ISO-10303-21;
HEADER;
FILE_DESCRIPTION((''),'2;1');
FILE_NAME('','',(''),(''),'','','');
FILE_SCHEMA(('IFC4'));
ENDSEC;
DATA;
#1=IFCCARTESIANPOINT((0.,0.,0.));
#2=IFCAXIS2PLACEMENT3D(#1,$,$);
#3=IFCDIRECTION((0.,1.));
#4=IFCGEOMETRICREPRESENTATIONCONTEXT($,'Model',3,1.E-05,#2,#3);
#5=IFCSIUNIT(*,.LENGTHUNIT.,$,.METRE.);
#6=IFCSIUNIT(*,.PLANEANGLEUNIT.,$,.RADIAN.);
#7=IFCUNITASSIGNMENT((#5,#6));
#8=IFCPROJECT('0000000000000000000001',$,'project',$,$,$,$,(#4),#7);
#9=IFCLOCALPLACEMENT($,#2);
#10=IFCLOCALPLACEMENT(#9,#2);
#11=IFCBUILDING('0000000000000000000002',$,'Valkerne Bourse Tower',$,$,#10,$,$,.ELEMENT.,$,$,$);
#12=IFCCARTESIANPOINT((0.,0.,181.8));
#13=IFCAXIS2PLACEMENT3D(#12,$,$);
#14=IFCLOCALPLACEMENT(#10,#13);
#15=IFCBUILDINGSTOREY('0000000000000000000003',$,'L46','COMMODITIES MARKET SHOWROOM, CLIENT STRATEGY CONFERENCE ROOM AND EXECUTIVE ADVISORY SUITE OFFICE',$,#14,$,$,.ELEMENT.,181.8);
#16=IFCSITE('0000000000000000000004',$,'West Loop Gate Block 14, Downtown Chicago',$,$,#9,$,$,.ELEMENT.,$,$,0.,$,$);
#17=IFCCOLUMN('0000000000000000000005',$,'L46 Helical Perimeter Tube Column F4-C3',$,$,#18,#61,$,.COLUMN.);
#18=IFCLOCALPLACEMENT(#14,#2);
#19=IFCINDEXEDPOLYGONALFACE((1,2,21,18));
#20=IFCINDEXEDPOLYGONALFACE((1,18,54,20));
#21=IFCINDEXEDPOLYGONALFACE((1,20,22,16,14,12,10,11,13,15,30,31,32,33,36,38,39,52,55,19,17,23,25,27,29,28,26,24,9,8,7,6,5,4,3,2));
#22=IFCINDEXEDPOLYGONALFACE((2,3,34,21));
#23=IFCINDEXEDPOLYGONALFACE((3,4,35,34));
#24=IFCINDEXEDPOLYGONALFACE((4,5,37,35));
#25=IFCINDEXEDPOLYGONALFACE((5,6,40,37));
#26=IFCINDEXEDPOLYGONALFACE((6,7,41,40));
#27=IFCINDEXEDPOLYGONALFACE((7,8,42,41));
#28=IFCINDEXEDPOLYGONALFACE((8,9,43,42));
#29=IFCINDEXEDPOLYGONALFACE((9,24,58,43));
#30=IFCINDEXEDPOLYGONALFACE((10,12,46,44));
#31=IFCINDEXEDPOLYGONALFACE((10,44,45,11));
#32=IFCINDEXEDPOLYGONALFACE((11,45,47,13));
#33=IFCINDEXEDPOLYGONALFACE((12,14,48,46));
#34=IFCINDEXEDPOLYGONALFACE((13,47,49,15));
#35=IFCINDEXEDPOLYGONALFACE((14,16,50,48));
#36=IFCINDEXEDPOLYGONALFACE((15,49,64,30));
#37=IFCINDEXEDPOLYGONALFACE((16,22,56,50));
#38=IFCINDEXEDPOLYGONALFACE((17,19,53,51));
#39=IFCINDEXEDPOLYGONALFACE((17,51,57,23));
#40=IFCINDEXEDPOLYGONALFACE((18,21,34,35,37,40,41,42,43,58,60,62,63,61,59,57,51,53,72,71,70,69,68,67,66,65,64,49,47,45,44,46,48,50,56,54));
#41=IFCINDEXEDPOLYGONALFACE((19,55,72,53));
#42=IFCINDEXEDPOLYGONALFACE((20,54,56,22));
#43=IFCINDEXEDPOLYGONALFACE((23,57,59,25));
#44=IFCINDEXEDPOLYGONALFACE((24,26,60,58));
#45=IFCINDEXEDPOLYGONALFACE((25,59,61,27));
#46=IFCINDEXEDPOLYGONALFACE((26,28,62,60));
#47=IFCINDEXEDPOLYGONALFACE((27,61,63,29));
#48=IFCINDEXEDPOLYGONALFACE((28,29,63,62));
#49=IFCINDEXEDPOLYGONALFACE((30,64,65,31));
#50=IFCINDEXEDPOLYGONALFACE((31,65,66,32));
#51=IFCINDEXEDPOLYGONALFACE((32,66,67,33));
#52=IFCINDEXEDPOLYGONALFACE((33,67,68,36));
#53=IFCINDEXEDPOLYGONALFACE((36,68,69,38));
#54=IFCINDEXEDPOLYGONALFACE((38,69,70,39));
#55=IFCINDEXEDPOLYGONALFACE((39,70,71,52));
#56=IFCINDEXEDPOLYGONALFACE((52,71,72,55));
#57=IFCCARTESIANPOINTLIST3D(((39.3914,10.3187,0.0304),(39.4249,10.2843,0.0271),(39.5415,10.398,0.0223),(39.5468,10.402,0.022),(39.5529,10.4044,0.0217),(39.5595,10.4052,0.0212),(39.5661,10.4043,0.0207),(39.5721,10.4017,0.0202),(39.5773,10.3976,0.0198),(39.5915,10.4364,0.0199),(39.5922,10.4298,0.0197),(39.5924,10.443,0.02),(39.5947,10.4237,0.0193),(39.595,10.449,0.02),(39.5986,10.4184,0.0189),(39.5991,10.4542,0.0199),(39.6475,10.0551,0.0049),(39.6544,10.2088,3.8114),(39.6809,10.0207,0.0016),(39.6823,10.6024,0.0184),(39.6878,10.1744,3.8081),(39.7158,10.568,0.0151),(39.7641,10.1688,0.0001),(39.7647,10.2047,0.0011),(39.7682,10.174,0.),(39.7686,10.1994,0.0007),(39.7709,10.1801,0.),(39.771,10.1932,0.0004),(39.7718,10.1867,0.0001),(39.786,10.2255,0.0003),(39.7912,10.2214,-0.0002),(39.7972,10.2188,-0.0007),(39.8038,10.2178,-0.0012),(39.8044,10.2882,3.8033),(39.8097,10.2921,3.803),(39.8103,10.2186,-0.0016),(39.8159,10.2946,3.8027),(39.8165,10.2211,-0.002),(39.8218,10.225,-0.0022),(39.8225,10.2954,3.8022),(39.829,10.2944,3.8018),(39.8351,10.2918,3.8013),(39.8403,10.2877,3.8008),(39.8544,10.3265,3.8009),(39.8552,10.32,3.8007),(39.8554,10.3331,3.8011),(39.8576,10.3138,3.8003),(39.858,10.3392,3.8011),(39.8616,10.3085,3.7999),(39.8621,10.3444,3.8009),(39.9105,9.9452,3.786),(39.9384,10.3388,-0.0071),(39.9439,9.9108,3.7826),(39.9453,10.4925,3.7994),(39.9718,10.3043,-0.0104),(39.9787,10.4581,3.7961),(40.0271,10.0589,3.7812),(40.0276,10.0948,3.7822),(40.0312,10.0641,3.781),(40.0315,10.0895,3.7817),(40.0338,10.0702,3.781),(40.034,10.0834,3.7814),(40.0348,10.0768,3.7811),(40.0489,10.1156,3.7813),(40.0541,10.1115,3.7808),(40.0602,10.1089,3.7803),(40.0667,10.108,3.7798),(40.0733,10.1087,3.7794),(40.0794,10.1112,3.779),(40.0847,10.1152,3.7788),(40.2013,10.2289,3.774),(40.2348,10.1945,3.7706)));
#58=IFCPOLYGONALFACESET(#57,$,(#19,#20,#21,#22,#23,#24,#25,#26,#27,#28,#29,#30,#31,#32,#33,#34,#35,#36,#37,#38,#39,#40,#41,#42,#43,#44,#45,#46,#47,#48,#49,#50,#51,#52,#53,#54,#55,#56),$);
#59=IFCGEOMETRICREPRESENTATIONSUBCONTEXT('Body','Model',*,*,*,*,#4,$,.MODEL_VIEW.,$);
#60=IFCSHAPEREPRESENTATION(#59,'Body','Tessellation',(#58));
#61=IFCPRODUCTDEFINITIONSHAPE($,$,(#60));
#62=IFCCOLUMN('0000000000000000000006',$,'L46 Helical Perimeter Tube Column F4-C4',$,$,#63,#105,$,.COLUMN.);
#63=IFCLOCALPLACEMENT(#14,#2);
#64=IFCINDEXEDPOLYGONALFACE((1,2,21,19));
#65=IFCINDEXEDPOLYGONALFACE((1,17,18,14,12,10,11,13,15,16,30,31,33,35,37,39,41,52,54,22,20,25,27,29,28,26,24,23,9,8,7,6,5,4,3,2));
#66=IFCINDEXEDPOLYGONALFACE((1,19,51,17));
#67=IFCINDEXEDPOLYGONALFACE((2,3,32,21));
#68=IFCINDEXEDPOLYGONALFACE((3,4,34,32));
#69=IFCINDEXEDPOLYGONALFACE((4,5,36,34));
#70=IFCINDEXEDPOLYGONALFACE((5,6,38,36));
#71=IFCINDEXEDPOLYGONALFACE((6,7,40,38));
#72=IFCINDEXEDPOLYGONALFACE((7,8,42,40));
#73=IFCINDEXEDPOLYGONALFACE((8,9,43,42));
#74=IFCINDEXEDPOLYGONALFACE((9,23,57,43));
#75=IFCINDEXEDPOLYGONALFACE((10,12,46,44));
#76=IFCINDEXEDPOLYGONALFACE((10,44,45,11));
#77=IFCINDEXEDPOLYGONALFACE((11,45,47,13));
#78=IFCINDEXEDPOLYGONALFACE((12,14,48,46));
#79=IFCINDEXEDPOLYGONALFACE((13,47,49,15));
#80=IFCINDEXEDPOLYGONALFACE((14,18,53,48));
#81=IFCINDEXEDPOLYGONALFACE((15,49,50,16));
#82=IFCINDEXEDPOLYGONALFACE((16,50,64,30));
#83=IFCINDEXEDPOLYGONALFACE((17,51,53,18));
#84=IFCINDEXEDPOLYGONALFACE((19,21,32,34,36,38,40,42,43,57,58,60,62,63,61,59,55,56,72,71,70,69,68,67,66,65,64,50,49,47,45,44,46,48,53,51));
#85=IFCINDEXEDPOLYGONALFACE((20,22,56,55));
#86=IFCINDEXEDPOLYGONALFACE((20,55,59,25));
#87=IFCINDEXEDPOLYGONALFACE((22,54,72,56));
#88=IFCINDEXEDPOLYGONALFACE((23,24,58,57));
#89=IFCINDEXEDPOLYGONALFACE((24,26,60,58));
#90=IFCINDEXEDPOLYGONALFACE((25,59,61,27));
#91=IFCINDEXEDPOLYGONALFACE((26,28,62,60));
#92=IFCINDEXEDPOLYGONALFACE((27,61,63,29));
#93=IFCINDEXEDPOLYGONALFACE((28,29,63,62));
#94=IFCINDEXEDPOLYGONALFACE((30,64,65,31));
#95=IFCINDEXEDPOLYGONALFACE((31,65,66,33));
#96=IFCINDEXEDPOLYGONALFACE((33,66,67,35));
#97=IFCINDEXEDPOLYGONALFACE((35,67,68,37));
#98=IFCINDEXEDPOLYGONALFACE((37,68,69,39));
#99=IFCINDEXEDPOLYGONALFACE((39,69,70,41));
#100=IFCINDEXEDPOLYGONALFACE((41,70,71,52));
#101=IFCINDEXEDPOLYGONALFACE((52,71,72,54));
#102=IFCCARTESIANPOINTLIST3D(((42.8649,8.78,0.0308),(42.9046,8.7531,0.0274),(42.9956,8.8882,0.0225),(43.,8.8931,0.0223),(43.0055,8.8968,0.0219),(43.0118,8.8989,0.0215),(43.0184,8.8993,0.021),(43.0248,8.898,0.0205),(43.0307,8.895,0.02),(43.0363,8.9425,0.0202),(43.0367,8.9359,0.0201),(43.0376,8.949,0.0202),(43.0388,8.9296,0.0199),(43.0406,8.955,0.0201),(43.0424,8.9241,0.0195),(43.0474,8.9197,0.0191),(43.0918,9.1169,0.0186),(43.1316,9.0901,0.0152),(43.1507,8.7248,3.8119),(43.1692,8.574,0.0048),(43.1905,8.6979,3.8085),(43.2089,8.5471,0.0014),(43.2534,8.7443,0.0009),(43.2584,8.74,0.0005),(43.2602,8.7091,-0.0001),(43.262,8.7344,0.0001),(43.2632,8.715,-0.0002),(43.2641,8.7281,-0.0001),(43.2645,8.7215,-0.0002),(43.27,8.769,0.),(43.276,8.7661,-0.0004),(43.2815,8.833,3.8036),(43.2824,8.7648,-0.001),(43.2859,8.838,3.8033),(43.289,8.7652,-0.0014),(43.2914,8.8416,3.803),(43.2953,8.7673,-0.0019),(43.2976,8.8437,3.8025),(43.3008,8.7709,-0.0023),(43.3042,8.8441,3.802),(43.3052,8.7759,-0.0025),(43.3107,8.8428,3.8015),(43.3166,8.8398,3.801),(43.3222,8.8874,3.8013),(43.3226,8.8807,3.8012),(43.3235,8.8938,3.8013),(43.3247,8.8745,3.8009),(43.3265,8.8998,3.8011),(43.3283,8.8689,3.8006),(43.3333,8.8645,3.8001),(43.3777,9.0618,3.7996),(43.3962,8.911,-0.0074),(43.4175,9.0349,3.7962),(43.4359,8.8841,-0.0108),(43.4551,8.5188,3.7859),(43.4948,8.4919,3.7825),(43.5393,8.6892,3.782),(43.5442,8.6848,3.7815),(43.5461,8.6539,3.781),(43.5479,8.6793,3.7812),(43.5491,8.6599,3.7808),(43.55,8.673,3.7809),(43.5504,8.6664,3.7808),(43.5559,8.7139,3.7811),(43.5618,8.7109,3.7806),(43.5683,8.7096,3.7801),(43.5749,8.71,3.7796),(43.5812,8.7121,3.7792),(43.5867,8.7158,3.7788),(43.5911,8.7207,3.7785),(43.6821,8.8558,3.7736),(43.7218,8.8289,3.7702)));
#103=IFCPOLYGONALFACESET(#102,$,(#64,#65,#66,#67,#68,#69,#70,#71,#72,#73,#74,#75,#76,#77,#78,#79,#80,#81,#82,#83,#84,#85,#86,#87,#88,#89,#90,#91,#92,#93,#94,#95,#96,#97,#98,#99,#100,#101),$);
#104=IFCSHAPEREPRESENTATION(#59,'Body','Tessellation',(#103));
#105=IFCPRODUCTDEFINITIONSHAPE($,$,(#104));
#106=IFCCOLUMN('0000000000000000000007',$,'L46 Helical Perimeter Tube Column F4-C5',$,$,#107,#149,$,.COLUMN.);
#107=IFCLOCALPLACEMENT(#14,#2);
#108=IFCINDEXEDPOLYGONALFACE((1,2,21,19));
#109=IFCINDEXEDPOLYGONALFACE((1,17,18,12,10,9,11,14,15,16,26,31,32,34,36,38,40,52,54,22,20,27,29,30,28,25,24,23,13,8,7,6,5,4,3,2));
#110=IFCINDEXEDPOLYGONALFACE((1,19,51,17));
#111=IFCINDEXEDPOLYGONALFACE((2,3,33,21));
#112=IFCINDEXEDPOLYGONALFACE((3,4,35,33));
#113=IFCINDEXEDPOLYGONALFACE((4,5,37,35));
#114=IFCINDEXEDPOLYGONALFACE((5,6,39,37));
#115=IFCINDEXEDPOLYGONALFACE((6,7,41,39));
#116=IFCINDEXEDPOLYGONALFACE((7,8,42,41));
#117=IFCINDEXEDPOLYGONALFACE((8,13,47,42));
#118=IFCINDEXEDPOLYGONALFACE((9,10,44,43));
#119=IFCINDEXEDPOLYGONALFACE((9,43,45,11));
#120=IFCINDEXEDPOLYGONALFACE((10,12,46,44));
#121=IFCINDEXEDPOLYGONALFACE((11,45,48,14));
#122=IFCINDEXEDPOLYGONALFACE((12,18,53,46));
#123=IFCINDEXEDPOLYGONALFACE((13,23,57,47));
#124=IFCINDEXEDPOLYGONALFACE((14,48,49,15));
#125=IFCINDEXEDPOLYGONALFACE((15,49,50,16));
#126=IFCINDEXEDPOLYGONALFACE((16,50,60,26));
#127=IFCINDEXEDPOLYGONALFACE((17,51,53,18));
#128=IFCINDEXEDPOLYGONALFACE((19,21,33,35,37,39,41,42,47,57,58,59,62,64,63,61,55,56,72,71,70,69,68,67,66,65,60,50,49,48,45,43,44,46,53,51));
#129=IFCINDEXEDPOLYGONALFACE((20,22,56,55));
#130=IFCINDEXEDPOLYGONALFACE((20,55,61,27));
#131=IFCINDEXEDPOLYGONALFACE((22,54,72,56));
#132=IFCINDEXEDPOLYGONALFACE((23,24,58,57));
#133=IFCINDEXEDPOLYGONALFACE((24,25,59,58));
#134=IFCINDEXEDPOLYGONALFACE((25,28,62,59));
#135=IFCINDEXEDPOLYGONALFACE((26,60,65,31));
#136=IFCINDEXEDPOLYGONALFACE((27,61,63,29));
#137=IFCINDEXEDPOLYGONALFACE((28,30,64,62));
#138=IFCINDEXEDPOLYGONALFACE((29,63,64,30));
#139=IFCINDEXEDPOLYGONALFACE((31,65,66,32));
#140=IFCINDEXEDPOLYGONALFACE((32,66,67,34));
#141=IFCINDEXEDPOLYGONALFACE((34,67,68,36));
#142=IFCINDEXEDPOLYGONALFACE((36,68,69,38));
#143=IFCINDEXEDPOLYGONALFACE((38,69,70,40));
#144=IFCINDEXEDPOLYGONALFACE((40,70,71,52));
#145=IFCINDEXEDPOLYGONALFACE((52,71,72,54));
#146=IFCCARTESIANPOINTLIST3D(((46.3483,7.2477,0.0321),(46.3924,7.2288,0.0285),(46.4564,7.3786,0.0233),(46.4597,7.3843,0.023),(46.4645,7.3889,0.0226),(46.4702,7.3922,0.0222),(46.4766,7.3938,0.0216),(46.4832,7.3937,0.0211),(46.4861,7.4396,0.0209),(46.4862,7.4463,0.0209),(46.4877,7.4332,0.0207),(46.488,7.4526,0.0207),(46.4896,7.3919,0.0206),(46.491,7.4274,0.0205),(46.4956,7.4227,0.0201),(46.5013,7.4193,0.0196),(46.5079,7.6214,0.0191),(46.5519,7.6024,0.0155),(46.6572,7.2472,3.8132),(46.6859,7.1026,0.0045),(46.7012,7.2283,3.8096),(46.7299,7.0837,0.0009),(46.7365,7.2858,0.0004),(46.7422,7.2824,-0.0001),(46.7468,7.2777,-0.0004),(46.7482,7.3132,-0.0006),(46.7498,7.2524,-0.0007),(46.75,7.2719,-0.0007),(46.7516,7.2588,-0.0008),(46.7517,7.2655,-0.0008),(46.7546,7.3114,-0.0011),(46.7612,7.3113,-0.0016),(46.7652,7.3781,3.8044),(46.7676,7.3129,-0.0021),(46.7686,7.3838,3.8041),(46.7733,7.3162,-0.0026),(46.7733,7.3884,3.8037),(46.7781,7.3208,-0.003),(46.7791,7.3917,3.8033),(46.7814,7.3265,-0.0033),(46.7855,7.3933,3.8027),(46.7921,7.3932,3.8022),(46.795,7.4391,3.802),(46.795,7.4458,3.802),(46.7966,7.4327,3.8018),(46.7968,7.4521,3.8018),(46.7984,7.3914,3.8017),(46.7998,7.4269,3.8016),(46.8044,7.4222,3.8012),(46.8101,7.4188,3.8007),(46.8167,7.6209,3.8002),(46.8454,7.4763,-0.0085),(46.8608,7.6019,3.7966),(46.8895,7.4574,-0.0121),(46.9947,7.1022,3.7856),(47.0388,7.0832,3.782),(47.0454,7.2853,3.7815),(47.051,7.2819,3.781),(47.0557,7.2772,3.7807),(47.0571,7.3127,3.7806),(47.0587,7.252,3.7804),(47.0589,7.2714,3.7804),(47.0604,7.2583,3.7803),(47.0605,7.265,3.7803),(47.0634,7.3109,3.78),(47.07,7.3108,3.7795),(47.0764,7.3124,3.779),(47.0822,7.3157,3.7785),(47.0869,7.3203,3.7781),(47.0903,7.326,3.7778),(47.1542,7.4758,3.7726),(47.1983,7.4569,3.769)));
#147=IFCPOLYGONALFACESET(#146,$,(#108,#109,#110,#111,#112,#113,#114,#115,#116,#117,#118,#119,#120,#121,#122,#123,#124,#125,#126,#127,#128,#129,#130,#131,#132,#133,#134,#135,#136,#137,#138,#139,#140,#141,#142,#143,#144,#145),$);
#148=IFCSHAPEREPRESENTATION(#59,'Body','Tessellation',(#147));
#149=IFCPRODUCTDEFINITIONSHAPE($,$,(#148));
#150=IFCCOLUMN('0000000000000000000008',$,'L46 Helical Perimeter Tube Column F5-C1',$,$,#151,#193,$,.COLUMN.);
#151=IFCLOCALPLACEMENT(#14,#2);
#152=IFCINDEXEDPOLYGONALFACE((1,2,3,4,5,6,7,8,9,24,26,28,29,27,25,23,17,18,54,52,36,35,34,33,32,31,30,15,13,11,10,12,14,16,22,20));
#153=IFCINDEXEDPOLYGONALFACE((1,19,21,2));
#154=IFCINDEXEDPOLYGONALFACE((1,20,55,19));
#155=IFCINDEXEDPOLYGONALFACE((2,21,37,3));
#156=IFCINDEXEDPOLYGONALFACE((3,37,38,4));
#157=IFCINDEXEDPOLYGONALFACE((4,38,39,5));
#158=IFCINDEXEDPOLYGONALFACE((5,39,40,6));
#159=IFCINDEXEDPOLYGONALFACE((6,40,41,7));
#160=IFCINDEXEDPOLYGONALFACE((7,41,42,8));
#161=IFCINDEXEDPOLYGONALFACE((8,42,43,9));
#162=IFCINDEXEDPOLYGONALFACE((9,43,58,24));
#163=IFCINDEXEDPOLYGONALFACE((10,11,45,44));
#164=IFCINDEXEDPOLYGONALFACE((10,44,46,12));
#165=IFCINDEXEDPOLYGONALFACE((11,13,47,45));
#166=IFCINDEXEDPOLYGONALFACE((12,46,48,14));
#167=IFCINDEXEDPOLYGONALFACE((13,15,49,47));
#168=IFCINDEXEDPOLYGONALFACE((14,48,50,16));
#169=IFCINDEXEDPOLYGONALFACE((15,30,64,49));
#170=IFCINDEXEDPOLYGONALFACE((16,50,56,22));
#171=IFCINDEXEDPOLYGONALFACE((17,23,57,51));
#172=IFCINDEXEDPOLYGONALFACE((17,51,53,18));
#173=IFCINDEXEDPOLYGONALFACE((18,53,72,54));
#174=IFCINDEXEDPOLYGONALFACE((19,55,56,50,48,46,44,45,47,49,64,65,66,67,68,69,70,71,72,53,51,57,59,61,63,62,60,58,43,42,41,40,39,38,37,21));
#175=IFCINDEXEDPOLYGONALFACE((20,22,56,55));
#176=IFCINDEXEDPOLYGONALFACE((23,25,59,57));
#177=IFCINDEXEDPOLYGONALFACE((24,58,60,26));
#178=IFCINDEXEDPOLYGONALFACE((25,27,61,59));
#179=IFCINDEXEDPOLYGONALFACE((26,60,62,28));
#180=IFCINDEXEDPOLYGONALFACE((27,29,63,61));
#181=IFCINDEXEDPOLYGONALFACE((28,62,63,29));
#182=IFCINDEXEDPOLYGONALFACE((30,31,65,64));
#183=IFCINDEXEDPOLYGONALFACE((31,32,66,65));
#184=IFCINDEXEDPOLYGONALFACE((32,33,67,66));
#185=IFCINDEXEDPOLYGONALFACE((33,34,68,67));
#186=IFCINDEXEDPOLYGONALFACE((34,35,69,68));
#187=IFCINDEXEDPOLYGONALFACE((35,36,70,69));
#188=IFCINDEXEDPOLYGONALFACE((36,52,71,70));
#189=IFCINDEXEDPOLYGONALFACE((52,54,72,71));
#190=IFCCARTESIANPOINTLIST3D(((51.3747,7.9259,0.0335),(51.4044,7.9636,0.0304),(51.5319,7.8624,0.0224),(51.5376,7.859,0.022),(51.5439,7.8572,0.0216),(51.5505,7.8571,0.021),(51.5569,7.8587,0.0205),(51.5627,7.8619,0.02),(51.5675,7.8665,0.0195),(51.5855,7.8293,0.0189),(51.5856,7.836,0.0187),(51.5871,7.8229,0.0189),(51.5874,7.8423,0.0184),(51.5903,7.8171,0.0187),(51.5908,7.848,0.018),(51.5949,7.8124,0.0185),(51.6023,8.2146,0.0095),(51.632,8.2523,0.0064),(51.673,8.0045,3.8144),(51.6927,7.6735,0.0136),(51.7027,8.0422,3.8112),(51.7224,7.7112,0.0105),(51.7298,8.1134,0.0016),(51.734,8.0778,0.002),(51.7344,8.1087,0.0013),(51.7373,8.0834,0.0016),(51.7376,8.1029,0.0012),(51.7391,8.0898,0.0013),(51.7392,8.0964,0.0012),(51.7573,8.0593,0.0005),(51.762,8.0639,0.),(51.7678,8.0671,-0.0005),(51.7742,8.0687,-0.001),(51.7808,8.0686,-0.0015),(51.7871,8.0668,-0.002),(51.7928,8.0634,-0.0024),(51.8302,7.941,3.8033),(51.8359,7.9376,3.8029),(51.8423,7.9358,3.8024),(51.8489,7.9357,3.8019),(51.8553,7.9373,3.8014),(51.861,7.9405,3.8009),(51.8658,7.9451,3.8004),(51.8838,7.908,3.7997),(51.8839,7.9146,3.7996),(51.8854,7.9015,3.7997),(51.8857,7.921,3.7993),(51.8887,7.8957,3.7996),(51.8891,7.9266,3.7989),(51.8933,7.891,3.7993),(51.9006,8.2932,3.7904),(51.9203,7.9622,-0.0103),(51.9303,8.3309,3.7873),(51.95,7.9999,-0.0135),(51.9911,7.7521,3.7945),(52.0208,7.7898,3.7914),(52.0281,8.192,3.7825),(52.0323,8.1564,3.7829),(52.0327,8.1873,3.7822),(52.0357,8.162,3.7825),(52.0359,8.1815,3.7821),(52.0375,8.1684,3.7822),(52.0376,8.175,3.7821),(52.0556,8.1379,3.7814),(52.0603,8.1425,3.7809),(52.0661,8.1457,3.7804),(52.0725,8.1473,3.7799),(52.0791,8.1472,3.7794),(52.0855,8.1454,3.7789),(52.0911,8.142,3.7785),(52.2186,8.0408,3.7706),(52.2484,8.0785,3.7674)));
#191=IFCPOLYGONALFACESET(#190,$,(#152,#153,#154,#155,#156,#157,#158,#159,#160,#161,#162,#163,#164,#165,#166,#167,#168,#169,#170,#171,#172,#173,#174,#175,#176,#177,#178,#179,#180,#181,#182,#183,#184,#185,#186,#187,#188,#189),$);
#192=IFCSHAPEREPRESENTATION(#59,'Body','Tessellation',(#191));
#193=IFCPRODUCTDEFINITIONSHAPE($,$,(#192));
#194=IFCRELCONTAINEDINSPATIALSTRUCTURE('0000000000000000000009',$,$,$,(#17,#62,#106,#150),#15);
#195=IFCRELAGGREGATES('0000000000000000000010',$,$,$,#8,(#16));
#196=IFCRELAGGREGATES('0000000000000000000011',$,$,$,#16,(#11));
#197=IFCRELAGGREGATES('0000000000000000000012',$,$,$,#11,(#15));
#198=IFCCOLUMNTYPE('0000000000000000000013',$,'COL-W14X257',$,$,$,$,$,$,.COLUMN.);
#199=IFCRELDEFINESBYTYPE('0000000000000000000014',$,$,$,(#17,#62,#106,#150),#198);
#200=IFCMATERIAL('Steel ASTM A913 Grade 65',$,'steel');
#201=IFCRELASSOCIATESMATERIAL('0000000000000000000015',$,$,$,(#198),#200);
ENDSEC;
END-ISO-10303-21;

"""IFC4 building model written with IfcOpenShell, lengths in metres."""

from ifc_helpers import new_model, si_unit, direction, frame, origin, origin_2d, place, context, subcontext, project, spatial, i_section, extrude, material, material_profile, profile_set, type_object, element, save


model = new_model("IFC4")

# Units and contexts
model_context = context("Model", 3, precision=1e-05, world=origin(), true_north=direction((0.0, 1.0)))
body_context = subcontext(model_context, "Body", "Model", "MODEL_VIEW")
ifc_project = project(units=[si_unit("LENGTHUNIT", "METRE"), si_unit("PLANEANGLEUNIT", "RADIAN")], contexts=[model_context])

# Site, building, storey
site_placement = place(None, origin())
site = spatial("IfcSite", under=ifc_project, at=site_placement, Name="West Loop Gate Block 14, Downtown Chicago", CompositionType="ELEMENT", RefElevation=0.0)
building_placement = place(site_placement, origin())
building = spatial("IfcBuilding", under=site, at=building_placement, Name="Valkerne Bourse Tower", CompositionType="ELEMENT")
storey_placement = place(building_placement, frame((0.0, 0.0, 181.8)))
storey = spatial("IfcBuildingStorey", under=building, at=storey_placement, Name="L46", Description="COMMODITIES MARKET SHOWROOM, CLIENT STRATEGY CONFERENCE ROOM AND EXECUTIVE ADVISORY SUITE OFFICE", CompositionType="ELEMENT", Elevation=181.8)

# Columns
ifc_material_1 = material(Name="Steel ASTM A913 Grade 65", Category="steel")
ifc_material_profile_1 = material_profile(ifc_material_1, i_section(OverallWidth=0.4065, OverallDepth=0.4165, WebThickness=0.0298, FlangeThickness=0.0481, FilletRadius=0.0254, at=origin_2d()), Name="W14X257")
ifc_profile_set_1 = profile_set([ifc_material_profile_1], Name="Steel ASTM A913 Grade 65")
column_type = type_object("IfcColumnType", Name="COL-W14X257", PredefinedType="COLUMN", material=ifc_profile_set_1)
column_1_placement = place(storey_placement, frame((39.6816, 10.3115, 0.01), z_axis=(0.069346, -0.028974, 0.997172), x_axis=(0.715601, 0.697887, -0.029486)))
element("IfcColumn", 1, at=column_1_placement, inside=storey, type_object=column_type, Name="L46 Helical Perimeter Tube Column F4-C3", PredefinedType="COLUMN", context=body_context, shape_type="SweptSolid", body=[
    extrude(i_section(OverallWidth=0.4065, OverallDepth=0.4165, WebThickness=0.0298, FlangeThickness=0.0481, FilletRadius=0.0254, at=origin_2d()), origin(), (0.0, 0.0, 1.0), 3.7917),
])
column_2_placement = place(storey_placement, frame((43.1504, 8.832, 0.01), z_axis=(0.075389, -0.01455, 0.997048), x_axis=(0.558398, 0.829026, -0.030124)))
element("IfcColumn", 2, at=column_2_placement, inside=storey, type_object=column_type, Name="L46 Helical Perimeter Tube Column F4-C4", PredefinedType="COLUMN", context=body_context, shape_type="SweptSolid", body=[
    extrude(i_section(OverallWidth=0.4065, OverallDepth=0.4165, WebThickness=0.0298, FlangeThickness=0.0481, FilletRadius=0.0254, at=origin_2d()), origin(), (0.0, 0.0, 1.0), 3.7922),
])
column_3_placement = place(storey_placement, frame((46.6189, 7.3525, 0.01), z_axis=(0.08141, -0.000129, 0.996681), x_axis=(0.392489, 0.919202, -0.03194)))
element("IfcColumn", 3, at=column_3_placement, inside=storey, type_object=column_type, Name="L46 Helical Perimeter Tube Column F4-C5", PredefinedType="COLUMN", context=body_context, shape_type="SweptSolid", body=[
    extrude(i_section(OverallWidth=0.4065, OverallDepth=0.4165, WebThickness=0.0298, FlangeThickness=0.0481, FilletRadius=0.0254, at=origin_2d()), origin(), (0.0, 0.0, 1.0), 3.7937),
])
column_4_placement = place(storey_placement, frame((51.6624, 7.9629, 0.01), z_axis=(0.078644, 0.020723, 0.996687), x_axis=(-0.782442, 0.620806, 0.048831)))
element("IfcColumn", 4, at=column_4_placement, inside=storey, type_object=column_type, Name="L46 Helical Perimeter Tube Column F5-C1", PredefinedType="COLUMN", context=body_context, shape_type="SweptSolid", body=[
    extrude(i_section(OverallWidth=0.4065, OverallDepth=0.4165, WebThickness=0.0298, FlangeThickness=0.0481, FilletRadius=0.0254, at=origin_2d()), origin(), (0.0, 0.0, 1.0), 3.7935),
])

save(model, "model.ifc")
